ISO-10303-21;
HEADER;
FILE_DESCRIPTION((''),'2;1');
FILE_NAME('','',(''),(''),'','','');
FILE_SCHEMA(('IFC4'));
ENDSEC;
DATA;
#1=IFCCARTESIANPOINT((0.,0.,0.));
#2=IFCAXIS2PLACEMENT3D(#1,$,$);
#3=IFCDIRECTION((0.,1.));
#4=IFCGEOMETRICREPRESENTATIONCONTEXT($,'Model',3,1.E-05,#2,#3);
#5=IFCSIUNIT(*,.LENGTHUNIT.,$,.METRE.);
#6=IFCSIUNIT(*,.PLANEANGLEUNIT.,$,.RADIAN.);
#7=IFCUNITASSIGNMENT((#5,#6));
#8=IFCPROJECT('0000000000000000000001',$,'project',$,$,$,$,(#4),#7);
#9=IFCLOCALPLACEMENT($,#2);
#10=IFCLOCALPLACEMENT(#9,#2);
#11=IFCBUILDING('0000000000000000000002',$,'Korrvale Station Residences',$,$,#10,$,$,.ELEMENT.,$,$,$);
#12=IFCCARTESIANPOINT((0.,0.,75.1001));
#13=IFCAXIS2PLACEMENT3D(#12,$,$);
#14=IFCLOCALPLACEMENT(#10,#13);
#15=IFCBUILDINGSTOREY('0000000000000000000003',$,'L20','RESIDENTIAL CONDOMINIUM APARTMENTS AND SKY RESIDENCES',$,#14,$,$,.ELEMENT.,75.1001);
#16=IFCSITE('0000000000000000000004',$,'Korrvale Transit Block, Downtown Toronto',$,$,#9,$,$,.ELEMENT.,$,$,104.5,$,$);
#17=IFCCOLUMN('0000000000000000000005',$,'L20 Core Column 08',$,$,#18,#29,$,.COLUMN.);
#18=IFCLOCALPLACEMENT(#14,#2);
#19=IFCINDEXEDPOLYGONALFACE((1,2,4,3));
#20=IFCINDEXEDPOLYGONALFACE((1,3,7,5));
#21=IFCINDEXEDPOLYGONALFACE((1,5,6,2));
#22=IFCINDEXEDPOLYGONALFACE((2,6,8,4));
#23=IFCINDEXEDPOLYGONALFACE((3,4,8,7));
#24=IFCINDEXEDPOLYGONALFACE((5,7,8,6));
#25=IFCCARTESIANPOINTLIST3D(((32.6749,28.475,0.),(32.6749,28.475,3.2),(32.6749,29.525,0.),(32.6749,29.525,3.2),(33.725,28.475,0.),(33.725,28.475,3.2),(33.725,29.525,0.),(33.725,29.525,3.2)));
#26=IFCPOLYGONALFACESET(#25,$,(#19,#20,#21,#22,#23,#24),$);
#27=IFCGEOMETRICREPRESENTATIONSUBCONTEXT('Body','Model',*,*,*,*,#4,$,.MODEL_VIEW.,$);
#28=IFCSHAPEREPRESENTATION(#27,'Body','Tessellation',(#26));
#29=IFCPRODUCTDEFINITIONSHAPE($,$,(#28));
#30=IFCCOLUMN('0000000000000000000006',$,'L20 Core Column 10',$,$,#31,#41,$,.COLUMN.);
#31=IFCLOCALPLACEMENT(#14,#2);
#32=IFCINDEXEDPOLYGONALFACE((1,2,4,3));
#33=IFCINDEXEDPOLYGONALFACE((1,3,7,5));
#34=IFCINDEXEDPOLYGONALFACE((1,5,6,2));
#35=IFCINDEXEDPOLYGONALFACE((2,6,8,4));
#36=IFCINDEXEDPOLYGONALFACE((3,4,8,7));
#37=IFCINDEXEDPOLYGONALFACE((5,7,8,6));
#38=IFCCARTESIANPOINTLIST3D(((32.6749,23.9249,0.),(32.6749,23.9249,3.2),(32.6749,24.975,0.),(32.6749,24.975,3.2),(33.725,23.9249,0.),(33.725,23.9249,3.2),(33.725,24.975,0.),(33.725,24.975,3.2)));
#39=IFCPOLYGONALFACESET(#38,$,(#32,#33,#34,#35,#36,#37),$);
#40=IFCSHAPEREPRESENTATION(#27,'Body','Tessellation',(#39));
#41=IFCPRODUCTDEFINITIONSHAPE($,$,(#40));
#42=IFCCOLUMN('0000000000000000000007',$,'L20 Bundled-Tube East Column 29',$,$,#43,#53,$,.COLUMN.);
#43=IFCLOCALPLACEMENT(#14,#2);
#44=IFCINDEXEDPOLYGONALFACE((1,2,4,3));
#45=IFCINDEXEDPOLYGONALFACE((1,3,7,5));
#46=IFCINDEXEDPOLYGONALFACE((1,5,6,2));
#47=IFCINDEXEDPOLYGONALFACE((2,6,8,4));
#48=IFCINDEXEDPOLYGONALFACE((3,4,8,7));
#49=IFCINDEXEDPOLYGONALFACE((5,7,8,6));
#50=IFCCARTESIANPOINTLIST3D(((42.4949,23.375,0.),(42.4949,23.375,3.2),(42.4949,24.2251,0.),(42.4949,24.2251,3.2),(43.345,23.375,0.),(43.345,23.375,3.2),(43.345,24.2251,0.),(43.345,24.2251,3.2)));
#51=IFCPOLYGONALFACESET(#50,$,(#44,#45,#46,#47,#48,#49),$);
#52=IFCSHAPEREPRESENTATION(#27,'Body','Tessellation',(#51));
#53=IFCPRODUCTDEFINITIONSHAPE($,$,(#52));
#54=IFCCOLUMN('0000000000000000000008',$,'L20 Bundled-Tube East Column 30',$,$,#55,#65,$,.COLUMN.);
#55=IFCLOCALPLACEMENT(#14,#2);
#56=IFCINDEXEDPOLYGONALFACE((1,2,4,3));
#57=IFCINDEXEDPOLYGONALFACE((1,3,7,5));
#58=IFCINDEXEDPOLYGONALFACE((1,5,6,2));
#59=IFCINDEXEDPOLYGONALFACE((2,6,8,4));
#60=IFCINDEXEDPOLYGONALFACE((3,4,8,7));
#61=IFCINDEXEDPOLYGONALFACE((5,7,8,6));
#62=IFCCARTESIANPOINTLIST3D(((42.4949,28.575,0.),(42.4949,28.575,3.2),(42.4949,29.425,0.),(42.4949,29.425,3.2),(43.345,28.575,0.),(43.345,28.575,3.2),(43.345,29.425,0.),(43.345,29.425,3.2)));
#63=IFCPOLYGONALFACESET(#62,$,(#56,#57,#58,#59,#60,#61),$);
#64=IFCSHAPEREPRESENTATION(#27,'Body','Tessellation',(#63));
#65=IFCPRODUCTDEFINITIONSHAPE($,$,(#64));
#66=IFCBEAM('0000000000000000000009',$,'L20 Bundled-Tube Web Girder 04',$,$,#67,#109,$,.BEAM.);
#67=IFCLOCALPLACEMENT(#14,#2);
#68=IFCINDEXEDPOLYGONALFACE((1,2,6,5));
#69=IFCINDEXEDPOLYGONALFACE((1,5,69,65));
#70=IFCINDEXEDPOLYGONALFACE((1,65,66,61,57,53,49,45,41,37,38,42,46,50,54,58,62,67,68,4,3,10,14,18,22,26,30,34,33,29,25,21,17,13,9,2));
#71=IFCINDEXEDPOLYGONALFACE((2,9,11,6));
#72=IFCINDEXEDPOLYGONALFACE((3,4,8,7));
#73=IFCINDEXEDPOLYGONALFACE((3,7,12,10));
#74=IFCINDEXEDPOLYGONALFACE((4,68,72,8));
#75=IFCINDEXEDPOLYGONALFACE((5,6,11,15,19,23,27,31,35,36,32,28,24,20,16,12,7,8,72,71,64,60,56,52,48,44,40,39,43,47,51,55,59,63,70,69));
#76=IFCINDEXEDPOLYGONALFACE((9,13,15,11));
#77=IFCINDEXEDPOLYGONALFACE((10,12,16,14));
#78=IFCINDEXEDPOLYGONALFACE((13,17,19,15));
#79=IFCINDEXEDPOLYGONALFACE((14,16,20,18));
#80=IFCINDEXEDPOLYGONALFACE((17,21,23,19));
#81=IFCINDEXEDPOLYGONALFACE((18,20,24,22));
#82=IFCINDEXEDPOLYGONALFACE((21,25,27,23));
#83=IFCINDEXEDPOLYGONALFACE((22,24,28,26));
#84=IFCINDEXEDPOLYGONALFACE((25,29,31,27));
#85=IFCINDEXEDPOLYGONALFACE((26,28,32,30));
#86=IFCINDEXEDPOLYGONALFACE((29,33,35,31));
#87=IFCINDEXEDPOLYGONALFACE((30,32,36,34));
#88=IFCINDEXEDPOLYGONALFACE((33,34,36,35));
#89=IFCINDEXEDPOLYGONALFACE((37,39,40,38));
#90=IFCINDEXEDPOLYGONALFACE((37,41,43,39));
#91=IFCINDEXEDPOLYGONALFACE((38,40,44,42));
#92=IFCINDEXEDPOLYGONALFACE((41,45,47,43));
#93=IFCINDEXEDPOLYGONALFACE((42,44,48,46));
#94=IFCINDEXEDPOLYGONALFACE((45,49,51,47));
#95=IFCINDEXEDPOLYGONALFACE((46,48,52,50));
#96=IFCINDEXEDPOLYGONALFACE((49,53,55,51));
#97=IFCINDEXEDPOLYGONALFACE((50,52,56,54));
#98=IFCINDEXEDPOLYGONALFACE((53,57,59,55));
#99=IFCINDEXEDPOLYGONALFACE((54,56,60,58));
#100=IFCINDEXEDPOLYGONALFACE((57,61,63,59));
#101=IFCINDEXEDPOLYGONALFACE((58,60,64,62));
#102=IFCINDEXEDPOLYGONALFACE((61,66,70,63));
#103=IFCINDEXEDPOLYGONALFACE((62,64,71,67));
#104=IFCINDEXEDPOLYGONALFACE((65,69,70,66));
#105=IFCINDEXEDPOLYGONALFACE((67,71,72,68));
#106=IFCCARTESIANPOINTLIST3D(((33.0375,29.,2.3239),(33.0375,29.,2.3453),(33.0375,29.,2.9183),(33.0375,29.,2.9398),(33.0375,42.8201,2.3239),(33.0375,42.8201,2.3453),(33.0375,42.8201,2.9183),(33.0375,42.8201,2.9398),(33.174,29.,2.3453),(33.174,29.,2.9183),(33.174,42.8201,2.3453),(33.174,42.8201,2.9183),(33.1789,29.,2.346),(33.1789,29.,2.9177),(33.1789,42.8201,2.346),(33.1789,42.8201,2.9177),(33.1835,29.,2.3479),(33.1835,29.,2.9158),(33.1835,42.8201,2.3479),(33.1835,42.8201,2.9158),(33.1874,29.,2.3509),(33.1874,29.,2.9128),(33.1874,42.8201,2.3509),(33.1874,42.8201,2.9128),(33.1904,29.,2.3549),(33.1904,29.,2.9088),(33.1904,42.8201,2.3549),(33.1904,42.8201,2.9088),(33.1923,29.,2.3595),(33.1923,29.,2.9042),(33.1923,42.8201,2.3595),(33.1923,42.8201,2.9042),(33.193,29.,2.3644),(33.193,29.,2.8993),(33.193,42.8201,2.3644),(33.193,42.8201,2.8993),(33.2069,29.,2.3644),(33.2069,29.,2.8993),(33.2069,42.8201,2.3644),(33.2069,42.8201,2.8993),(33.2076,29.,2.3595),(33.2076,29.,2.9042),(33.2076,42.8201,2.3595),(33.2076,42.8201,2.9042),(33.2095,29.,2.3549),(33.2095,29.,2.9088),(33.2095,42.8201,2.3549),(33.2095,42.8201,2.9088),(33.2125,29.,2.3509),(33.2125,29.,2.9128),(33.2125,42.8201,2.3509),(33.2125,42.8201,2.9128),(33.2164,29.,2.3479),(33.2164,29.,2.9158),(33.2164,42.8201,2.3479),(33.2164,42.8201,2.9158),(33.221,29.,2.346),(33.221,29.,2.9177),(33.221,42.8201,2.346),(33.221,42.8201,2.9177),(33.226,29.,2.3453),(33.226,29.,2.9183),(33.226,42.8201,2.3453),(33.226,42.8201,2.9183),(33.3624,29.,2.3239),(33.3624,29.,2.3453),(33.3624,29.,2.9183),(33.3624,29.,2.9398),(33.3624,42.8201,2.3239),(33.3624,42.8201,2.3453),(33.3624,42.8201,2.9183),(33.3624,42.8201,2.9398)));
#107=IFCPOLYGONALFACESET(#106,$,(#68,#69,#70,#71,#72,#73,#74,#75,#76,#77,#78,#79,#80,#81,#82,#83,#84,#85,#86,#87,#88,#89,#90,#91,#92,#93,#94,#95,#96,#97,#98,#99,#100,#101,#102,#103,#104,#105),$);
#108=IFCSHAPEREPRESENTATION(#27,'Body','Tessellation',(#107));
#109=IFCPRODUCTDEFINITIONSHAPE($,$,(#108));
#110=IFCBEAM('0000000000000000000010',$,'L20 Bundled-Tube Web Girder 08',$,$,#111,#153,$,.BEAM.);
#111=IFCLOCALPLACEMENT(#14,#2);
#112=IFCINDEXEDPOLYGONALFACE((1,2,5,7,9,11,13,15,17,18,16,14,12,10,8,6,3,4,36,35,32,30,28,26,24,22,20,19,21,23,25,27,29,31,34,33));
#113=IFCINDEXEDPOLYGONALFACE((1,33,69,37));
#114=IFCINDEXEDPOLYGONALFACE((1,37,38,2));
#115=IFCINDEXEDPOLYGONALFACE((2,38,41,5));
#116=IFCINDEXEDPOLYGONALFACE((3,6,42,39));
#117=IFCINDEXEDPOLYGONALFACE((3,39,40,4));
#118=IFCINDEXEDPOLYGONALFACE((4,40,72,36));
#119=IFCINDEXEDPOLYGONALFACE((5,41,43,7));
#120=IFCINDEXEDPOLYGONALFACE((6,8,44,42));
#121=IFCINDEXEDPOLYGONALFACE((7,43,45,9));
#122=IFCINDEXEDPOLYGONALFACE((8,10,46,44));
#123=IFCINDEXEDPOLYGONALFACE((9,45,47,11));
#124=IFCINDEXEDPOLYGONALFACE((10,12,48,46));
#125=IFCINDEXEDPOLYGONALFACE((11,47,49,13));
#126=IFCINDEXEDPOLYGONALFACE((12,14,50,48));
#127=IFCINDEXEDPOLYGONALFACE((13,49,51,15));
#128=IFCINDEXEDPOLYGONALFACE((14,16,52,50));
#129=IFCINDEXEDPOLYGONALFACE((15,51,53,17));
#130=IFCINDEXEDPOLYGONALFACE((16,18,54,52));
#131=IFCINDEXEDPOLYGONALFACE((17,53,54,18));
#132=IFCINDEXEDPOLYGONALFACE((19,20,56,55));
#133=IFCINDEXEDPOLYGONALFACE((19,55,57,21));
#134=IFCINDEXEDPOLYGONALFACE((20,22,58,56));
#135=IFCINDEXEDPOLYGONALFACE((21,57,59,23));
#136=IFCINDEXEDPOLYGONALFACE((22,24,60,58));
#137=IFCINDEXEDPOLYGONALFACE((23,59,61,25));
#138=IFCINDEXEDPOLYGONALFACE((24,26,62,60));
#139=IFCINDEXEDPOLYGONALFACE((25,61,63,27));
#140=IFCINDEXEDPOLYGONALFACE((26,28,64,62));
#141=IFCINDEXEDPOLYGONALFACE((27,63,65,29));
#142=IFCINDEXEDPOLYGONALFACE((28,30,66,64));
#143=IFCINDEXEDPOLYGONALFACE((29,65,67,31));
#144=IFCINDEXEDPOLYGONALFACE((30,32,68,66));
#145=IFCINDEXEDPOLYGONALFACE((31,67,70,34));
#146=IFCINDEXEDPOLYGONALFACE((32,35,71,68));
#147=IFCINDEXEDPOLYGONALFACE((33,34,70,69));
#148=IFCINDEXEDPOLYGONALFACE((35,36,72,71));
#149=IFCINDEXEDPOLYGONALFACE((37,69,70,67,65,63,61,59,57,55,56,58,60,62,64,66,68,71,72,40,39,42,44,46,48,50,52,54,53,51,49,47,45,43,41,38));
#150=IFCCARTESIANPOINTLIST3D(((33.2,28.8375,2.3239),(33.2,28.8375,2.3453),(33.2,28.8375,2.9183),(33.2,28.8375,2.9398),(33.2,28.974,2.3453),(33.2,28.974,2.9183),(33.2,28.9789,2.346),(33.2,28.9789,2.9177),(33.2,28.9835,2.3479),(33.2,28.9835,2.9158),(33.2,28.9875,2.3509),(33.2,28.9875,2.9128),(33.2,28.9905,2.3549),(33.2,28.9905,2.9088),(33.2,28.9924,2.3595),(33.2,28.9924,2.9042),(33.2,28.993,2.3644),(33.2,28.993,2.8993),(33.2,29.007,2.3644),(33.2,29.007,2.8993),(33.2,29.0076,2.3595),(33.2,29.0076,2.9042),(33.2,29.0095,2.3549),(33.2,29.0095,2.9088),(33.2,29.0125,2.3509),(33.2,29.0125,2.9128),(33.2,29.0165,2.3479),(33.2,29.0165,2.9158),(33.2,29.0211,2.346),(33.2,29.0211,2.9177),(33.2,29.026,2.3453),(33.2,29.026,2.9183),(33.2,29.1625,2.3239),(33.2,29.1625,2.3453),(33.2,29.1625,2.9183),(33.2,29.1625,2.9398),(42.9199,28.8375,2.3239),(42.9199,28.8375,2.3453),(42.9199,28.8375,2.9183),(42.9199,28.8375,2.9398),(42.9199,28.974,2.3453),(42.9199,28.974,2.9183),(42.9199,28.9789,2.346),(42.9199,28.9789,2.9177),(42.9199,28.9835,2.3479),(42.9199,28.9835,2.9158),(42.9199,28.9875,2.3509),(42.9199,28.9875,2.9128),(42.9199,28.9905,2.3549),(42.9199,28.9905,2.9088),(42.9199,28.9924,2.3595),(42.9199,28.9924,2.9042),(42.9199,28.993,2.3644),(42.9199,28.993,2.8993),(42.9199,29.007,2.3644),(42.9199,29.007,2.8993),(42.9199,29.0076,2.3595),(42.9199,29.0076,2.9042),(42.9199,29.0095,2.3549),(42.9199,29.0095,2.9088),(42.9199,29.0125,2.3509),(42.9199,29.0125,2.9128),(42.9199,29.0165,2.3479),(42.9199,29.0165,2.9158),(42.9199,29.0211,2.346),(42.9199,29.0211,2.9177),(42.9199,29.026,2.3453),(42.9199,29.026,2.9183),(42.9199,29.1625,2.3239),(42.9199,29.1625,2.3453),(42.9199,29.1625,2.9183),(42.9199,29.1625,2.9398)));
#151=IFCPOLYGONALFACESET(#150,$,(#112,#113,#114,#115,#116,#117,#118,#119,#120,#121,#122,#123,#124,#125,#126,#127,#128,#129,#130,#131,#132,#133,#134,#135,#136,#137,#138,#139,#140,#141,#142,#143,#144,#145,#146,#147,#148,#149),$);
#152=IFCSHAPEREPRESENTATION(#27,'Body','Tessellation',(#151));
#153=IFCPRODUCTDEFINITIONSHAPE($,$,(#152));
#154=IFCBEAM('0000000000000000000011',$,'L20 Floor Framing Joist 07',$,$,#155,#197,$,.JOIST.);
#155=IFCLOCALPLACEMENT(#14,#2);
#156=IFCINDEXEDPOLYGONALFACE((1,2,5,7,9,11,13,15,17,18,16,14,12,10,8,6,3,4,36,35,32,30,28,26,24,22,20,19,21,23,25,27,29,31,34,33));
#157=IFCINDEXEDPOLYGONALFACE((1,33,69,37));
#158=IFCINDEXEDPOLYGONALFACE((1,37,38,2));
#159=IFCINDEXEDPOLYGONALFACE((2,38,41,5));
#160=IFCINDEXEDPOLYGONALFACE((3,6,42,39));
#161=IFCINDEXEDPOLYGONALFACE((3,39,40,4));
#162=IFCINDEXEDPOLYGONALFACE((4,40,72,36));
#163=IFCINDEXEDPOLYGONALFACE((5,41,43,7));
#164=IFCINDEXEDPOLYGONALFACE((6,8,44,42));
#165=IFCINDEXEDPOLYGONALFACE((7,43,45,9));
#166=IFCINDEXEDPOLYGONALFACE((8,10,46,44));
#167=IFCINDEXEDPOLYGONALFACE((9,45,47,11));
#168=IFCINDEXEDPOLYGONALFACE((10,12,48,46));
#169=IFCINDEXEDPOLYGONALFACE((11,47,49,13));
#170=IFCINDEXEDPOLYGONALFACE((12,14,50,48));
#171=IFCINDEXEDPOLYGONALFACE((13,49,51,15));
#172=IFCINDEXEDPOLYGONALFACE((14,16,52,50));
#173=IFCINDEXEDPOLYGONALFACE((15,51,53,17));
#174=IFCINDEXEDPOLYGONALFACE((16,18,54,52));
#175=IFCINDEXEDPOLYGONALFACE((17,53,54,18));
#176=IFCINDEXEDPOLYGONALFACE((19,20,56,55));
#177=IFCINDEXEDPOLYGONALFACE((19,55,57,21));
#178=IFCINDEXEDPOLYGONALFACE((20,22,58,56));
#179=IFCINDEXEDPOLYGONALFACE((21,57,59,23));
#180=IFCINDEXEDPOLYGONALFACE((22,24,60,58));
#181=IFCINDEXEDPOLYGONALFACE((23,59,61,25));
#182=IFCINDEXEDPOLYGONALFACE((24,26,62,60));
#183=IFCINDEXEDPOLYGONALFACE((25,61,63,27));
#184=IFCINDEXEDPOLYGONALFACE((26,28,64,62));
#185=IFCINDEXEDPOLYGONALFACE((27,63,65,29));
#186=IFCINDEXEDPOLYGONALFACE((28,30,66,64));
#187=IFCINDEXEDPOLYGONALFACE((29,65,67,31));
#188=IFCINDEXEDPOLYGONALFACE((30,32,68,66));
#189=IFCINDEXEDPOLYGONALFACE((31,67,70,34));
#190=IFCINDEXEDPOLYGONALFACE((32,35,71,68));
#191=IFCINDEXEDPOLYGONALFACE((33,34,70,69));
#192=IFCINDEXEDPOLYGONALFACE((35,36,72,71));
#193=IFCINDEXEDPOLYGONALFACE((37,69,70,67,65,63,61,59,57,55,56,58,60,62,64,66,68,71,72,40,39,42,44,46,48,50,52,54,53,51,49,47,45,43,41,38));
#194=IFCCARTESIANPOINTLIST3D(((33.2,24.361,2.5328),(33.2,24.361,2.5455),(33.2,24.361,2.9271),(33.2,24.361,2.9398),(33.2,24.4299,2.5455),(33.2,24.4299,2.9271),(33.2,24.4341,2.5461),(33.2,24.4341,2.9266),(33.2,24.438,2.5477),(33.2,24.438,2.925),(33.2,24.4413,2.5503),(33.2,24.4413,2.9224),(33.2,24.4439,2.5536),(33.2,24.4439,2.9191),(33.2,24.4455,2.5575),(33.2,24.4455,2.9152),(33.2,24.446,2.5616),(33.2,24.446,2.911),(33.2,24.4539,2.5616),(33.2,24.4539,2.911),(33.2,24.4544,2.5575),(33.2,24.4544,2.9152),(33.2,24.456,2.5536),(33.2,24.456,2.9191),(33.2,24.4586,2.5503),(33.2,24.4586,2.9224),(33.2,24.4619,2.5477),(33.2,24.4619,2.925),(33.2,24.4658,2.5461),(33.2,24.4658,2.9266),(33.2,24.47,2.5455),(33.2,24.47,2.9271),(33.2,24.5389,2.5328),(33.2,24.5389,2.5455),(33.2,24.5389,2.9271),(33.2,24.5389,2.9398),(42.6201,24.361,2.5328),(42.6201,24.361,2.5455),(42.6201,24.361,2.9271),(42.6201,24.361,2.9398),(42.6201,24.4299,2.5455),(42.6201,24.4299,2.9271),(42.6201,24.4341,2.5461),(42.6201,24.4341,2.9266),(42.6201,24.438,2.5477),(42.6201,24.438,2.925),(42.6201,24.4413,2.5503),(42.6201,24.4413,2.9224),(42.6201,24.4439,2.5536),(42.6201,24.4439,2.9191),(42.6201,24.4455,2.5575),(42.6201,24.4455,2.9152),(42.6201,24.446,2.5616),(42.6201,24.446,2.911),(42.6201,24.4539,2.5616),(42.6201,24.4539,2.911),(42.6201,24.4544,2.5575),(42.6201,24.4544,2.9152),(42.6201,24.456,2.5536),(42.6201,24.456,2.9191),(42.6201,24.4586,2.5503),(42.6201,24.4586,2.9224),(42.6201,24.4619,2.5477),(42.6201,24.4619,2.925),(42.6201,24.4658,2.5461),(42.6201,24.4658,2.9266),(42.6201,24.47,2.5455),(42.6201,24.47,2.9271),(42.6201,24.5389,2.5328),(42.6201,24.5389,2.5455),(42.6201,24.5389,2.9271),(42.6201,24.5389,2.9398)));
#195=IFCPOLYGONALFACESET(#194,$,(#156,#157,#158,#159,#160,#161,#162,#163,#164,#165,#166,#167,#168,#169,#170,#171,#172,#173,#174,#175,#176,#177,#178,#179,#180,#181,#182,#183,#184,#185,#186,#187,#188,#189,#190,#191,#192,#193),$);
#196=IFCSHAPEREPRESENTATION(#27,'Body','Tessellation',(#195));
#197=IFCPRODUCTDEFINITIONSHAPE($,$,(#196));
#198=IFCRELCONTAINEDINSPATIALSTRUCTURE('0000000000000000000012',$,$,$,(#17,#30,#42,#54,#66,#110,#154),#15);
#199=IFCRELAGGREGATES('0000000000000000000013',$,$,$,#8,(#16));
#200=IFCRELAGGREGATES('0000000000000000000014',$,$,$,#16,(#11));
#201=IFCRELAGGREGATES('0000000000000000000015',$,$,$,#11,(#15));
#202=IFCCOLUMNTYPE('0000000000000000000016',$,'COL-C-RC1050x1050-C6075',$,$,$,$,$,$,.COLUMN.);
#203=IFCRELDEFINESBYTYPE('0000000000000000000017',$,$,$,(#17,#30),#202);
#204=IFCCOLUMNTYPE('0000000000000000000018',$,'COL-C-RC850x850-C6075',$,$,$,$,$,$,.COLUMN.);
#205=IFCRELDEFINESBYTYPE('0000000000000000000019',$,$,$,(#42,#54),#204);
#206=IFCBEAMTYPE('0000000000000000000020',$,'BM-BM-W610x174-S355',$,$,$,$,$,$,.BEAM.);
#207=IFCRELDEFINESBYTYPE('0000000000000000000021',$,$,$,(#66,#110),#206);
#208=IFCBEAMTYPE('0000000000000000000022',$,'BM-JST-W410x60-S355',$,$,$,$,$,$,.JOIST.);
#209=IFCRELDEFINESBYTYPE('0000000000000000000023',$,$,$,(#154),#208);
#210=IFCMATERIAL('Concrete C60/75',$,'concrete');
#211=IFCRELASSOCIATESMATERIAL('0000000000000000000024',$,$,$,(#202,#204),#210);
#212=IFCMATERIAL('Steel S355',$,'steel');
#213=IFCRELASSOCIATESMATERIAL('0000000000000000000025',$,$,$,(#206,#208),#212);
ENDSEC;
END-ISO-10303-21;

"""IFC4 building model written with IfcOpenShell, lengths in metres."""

from ifc_helpers import new_model, si_unit, direction, frame, origin, origin_2d, place, context, subcontext, project, spatial, rectangle, i_section, extrude, material, material_profile, profile_set, type_object, element, save


model = new_model("IFC4")

# Units and contexts
model_context = context("Model", 3, precision=1e-05, world=origin(), true_north=direction((0.0, 1.0)))
body_context = subcontext(model_context, "Body", "Model", "MODEL_VIEW")
ifc_project = project(units=[si_unit("LENGTHUNIT", "METRE"), si_unit("PLANEANGLEUNIT", "RADIAN")], contexts=[model_context])

# Site, building, storey
site_placement = place(None, origin())
site = spatial("IfcSite", under=ifc_project, at=site_placement, Name="Korrvale Transit Block, Downtown Toronto", CompositionType="ELEMENT", RefElevation=104.5)
building_placement = place(site_placement, origin())
building = spatial("IfcBuilding", under=site, at=building_placement, Name="Korrvale Station Residences", CompositionType="ELEMENT")
storey_placement = place(building_placement, frame((0.0, 0.0, 75.1001)))
storey = spatial("IfcBuildingStorey", under=building, at=storey_placement, Name="L20", Description="RESIDENTIAL CONDOMINIUM APARTMENTS AND SKY RESIDENCES", CompositionType="ELEMENT", Elevation=75.1001)

# Columns
ifc_material_1 = material(Name="Concrete C60/75", Category="concrete")
ifc_material_profile_1 = material_profile(ifc_material_1, rectangle(XDim=1.05, YDim=1.05, at=origin_2d()), Name="RC1050x1050")
ifc_profile_set_1 = profile_set([ifc_material_profile_1], Name="Concrete C60/75")
column_type_1 = type_object("IfcColumnType", Name="COL-C-RC1050x1050-C6075", PredefinedType="COLUMN", material=ifc_profile_set_1)
for number, where, z_axis, x_axis, name in (
    (1, (33.2, 29.0, 0.0), (0.0, 0.0, 1.0), (1.0, 0.0, 0.0), "L20 Core Column 08"),
    (2, (33.2, 24.45, 0.0), (0.0, 0.0, 1.0), (1.0, 0.0, 0.0), "L20 Core Column 10"),
):
    element("IfcColumn", number, at=place(storey_placement, frame(where, z_axis=z_axis, x_axis=x_axis)), inside=storey, type_object=column_type_1, Name=name, PredefinedType="COLUMN", context=body_context, shape_type="SweptSolid", body=[
        extrude(rectangle(XDim=1.05, YDim=1.05, at=origin_2d()), origin(), (0.0, 0.0, 1.0), 3.2),
    ])
ifc_material_profile_2 = material_profile(ifc_material_1, rectangle(XDim=0.8501, YDim=0.8501, at=origin_2d()), Name="RC850x850")
ifc_profile_set_2 = profile_set([ifc_material_profile_2], Name="Concrete C60/75")
column_type_2 = type_object("IfcColumnType", Name="COL-C-RC850x850-C6075", PredefinedType="COLUMN", material=ifc_profile_set_2)
for number, where, z_axis, x_axis, name in (
    (3, (42.9199, 23.8, 0.0), (0.0, 0.0, 1.0), (1.0, 0.0, 0.0), "L20 Bundled-Tube East Column 29"),
    (4, (42.9199, 29.0, 0.0), (0.0, 0.0, 1.0), (1.0, 0.0, 0.0), "L20 Bundled-Tube East Column 30"),
):
    element("IfcColumn", number, at=place(storey_placement, frame(where, z_axis=z_axis, x_axis=x_axis)), inside=storey, type_object=column_type_2, Name=name, PredefinedType="COLUMN", context=body_context, shape_type="SweptSolid", body=[
        extrude(rectangle(XDim=0.8501, YDim=0.8501, at=origin_2d()), origin(), (0.0, 0.0, 1.0), 3.2),
    ])

# Beams
ifc_material_2 = material(Name="Steel S355", Category="steel")
ifc_material_profile_3 = material_profile(ifc_material_2, i_section(OverallWidth=0.325, OverallDepth=0.616, WebThickness=0.0139, FlangeThickness=0.0215, FilletRadius=0.019, at=origin_2d()), Name="W610x174")
ifc_profile_set_3 = profile_set([ifc_material_profile_3], Name="Steel S355")
beam_type_1 = type_object("IfcBeamType", Name="BM-BM-W610x174-S355", PredefinedType="BEAM", material=ifc_profile_set_3)
beam_1_placement = place(storey_placement, frame((33.2, 29.0, 2.6318), z_axis=(0.0, 1.0, 0.0), x_axis=(-1.0, 0.0, 0.0)))
element("IfcBeam", 5, at=beam_1_placement, inside=storey, type_object=beam_type_1, Name="L20 Bundled-Tube Web Girder 04", PredefinedType="BEAM", context=body_context, shape_type="SweptSolid", body=[
    extrude(i_section(OverallWidth=0.325, OverallDepth=0.616, WebThickness=0.0139, FlangeThickness=0.0215, FilletRadius=0.019, at=origin_2d()), origin(), (0.0, 0.0, 1.0), 13.8201),
])
beam_2_placement = place(storey_placement, frame((33.2, 29.0, 2.6318), z_axis=(1.0, 0.0, 0.0), x_axis=(0.0, 1.0, 0.0)))
element("IfcBeam", 6, at=beam_2_placement, inside=storey, type_object=beam_type_1, Name="L20 Bundled-Tube Web Girder 08", PredefinedType="BEAM", context=body_context, shape_type="SweptSolid", body=[
    extrude(i_section(OverallWidth=0.325, OverallDepth=0.616, WebThickness=0.0139, FlangeThickness=0.0215, FilletRadius=0.019, at=origin_2d()), origin(), (0.0, 0.0, 1.0), 9.72),
])
ifc_material_profile_4 = material_profile(ifc_material_2, i_section(OverallWidth=0.178, OverallDepth=0.407, WebThickness=0.0078, FlangeThickness=0.0127, FilletRadius=0.0161, at=origin_2d()), Name="W410x60")
ifc_profile_set_4 = profile_set([ifc_material_profile_4], Name="Steel S355")
beam_type_2 = type_object("IfcBeamType", Name="BM-JST-W410x60-S355", PredefinedType="JOIST", material=ifc_profile_set_4)
beam_3_placement = place(storey_placement, frame((33.2, 24.45, 2.7363), z_axis=(1.0, 0.0, 0.0), x_axis=(0.0, 1.0, 0.0)))
element("IfcBeam", 7, at=beam_3_placement, inside=storey, type_object=beam_type_2, Name="L20 Floor Framing Joist 07", PredefinedType="JOIST", context=body_context, shape_type="SweptSolid", body=[
    extrude(i_section(OverallWidth=0.178, OverallDepth=0.407, WebThickness=0.0078, FlangeThickness=0.0127, FilletRadius=0.0161, at=origin_2d()), origin(), (0.0, 0.0, 1.0), 9.4202),
])

save(model, "model.ifc")
